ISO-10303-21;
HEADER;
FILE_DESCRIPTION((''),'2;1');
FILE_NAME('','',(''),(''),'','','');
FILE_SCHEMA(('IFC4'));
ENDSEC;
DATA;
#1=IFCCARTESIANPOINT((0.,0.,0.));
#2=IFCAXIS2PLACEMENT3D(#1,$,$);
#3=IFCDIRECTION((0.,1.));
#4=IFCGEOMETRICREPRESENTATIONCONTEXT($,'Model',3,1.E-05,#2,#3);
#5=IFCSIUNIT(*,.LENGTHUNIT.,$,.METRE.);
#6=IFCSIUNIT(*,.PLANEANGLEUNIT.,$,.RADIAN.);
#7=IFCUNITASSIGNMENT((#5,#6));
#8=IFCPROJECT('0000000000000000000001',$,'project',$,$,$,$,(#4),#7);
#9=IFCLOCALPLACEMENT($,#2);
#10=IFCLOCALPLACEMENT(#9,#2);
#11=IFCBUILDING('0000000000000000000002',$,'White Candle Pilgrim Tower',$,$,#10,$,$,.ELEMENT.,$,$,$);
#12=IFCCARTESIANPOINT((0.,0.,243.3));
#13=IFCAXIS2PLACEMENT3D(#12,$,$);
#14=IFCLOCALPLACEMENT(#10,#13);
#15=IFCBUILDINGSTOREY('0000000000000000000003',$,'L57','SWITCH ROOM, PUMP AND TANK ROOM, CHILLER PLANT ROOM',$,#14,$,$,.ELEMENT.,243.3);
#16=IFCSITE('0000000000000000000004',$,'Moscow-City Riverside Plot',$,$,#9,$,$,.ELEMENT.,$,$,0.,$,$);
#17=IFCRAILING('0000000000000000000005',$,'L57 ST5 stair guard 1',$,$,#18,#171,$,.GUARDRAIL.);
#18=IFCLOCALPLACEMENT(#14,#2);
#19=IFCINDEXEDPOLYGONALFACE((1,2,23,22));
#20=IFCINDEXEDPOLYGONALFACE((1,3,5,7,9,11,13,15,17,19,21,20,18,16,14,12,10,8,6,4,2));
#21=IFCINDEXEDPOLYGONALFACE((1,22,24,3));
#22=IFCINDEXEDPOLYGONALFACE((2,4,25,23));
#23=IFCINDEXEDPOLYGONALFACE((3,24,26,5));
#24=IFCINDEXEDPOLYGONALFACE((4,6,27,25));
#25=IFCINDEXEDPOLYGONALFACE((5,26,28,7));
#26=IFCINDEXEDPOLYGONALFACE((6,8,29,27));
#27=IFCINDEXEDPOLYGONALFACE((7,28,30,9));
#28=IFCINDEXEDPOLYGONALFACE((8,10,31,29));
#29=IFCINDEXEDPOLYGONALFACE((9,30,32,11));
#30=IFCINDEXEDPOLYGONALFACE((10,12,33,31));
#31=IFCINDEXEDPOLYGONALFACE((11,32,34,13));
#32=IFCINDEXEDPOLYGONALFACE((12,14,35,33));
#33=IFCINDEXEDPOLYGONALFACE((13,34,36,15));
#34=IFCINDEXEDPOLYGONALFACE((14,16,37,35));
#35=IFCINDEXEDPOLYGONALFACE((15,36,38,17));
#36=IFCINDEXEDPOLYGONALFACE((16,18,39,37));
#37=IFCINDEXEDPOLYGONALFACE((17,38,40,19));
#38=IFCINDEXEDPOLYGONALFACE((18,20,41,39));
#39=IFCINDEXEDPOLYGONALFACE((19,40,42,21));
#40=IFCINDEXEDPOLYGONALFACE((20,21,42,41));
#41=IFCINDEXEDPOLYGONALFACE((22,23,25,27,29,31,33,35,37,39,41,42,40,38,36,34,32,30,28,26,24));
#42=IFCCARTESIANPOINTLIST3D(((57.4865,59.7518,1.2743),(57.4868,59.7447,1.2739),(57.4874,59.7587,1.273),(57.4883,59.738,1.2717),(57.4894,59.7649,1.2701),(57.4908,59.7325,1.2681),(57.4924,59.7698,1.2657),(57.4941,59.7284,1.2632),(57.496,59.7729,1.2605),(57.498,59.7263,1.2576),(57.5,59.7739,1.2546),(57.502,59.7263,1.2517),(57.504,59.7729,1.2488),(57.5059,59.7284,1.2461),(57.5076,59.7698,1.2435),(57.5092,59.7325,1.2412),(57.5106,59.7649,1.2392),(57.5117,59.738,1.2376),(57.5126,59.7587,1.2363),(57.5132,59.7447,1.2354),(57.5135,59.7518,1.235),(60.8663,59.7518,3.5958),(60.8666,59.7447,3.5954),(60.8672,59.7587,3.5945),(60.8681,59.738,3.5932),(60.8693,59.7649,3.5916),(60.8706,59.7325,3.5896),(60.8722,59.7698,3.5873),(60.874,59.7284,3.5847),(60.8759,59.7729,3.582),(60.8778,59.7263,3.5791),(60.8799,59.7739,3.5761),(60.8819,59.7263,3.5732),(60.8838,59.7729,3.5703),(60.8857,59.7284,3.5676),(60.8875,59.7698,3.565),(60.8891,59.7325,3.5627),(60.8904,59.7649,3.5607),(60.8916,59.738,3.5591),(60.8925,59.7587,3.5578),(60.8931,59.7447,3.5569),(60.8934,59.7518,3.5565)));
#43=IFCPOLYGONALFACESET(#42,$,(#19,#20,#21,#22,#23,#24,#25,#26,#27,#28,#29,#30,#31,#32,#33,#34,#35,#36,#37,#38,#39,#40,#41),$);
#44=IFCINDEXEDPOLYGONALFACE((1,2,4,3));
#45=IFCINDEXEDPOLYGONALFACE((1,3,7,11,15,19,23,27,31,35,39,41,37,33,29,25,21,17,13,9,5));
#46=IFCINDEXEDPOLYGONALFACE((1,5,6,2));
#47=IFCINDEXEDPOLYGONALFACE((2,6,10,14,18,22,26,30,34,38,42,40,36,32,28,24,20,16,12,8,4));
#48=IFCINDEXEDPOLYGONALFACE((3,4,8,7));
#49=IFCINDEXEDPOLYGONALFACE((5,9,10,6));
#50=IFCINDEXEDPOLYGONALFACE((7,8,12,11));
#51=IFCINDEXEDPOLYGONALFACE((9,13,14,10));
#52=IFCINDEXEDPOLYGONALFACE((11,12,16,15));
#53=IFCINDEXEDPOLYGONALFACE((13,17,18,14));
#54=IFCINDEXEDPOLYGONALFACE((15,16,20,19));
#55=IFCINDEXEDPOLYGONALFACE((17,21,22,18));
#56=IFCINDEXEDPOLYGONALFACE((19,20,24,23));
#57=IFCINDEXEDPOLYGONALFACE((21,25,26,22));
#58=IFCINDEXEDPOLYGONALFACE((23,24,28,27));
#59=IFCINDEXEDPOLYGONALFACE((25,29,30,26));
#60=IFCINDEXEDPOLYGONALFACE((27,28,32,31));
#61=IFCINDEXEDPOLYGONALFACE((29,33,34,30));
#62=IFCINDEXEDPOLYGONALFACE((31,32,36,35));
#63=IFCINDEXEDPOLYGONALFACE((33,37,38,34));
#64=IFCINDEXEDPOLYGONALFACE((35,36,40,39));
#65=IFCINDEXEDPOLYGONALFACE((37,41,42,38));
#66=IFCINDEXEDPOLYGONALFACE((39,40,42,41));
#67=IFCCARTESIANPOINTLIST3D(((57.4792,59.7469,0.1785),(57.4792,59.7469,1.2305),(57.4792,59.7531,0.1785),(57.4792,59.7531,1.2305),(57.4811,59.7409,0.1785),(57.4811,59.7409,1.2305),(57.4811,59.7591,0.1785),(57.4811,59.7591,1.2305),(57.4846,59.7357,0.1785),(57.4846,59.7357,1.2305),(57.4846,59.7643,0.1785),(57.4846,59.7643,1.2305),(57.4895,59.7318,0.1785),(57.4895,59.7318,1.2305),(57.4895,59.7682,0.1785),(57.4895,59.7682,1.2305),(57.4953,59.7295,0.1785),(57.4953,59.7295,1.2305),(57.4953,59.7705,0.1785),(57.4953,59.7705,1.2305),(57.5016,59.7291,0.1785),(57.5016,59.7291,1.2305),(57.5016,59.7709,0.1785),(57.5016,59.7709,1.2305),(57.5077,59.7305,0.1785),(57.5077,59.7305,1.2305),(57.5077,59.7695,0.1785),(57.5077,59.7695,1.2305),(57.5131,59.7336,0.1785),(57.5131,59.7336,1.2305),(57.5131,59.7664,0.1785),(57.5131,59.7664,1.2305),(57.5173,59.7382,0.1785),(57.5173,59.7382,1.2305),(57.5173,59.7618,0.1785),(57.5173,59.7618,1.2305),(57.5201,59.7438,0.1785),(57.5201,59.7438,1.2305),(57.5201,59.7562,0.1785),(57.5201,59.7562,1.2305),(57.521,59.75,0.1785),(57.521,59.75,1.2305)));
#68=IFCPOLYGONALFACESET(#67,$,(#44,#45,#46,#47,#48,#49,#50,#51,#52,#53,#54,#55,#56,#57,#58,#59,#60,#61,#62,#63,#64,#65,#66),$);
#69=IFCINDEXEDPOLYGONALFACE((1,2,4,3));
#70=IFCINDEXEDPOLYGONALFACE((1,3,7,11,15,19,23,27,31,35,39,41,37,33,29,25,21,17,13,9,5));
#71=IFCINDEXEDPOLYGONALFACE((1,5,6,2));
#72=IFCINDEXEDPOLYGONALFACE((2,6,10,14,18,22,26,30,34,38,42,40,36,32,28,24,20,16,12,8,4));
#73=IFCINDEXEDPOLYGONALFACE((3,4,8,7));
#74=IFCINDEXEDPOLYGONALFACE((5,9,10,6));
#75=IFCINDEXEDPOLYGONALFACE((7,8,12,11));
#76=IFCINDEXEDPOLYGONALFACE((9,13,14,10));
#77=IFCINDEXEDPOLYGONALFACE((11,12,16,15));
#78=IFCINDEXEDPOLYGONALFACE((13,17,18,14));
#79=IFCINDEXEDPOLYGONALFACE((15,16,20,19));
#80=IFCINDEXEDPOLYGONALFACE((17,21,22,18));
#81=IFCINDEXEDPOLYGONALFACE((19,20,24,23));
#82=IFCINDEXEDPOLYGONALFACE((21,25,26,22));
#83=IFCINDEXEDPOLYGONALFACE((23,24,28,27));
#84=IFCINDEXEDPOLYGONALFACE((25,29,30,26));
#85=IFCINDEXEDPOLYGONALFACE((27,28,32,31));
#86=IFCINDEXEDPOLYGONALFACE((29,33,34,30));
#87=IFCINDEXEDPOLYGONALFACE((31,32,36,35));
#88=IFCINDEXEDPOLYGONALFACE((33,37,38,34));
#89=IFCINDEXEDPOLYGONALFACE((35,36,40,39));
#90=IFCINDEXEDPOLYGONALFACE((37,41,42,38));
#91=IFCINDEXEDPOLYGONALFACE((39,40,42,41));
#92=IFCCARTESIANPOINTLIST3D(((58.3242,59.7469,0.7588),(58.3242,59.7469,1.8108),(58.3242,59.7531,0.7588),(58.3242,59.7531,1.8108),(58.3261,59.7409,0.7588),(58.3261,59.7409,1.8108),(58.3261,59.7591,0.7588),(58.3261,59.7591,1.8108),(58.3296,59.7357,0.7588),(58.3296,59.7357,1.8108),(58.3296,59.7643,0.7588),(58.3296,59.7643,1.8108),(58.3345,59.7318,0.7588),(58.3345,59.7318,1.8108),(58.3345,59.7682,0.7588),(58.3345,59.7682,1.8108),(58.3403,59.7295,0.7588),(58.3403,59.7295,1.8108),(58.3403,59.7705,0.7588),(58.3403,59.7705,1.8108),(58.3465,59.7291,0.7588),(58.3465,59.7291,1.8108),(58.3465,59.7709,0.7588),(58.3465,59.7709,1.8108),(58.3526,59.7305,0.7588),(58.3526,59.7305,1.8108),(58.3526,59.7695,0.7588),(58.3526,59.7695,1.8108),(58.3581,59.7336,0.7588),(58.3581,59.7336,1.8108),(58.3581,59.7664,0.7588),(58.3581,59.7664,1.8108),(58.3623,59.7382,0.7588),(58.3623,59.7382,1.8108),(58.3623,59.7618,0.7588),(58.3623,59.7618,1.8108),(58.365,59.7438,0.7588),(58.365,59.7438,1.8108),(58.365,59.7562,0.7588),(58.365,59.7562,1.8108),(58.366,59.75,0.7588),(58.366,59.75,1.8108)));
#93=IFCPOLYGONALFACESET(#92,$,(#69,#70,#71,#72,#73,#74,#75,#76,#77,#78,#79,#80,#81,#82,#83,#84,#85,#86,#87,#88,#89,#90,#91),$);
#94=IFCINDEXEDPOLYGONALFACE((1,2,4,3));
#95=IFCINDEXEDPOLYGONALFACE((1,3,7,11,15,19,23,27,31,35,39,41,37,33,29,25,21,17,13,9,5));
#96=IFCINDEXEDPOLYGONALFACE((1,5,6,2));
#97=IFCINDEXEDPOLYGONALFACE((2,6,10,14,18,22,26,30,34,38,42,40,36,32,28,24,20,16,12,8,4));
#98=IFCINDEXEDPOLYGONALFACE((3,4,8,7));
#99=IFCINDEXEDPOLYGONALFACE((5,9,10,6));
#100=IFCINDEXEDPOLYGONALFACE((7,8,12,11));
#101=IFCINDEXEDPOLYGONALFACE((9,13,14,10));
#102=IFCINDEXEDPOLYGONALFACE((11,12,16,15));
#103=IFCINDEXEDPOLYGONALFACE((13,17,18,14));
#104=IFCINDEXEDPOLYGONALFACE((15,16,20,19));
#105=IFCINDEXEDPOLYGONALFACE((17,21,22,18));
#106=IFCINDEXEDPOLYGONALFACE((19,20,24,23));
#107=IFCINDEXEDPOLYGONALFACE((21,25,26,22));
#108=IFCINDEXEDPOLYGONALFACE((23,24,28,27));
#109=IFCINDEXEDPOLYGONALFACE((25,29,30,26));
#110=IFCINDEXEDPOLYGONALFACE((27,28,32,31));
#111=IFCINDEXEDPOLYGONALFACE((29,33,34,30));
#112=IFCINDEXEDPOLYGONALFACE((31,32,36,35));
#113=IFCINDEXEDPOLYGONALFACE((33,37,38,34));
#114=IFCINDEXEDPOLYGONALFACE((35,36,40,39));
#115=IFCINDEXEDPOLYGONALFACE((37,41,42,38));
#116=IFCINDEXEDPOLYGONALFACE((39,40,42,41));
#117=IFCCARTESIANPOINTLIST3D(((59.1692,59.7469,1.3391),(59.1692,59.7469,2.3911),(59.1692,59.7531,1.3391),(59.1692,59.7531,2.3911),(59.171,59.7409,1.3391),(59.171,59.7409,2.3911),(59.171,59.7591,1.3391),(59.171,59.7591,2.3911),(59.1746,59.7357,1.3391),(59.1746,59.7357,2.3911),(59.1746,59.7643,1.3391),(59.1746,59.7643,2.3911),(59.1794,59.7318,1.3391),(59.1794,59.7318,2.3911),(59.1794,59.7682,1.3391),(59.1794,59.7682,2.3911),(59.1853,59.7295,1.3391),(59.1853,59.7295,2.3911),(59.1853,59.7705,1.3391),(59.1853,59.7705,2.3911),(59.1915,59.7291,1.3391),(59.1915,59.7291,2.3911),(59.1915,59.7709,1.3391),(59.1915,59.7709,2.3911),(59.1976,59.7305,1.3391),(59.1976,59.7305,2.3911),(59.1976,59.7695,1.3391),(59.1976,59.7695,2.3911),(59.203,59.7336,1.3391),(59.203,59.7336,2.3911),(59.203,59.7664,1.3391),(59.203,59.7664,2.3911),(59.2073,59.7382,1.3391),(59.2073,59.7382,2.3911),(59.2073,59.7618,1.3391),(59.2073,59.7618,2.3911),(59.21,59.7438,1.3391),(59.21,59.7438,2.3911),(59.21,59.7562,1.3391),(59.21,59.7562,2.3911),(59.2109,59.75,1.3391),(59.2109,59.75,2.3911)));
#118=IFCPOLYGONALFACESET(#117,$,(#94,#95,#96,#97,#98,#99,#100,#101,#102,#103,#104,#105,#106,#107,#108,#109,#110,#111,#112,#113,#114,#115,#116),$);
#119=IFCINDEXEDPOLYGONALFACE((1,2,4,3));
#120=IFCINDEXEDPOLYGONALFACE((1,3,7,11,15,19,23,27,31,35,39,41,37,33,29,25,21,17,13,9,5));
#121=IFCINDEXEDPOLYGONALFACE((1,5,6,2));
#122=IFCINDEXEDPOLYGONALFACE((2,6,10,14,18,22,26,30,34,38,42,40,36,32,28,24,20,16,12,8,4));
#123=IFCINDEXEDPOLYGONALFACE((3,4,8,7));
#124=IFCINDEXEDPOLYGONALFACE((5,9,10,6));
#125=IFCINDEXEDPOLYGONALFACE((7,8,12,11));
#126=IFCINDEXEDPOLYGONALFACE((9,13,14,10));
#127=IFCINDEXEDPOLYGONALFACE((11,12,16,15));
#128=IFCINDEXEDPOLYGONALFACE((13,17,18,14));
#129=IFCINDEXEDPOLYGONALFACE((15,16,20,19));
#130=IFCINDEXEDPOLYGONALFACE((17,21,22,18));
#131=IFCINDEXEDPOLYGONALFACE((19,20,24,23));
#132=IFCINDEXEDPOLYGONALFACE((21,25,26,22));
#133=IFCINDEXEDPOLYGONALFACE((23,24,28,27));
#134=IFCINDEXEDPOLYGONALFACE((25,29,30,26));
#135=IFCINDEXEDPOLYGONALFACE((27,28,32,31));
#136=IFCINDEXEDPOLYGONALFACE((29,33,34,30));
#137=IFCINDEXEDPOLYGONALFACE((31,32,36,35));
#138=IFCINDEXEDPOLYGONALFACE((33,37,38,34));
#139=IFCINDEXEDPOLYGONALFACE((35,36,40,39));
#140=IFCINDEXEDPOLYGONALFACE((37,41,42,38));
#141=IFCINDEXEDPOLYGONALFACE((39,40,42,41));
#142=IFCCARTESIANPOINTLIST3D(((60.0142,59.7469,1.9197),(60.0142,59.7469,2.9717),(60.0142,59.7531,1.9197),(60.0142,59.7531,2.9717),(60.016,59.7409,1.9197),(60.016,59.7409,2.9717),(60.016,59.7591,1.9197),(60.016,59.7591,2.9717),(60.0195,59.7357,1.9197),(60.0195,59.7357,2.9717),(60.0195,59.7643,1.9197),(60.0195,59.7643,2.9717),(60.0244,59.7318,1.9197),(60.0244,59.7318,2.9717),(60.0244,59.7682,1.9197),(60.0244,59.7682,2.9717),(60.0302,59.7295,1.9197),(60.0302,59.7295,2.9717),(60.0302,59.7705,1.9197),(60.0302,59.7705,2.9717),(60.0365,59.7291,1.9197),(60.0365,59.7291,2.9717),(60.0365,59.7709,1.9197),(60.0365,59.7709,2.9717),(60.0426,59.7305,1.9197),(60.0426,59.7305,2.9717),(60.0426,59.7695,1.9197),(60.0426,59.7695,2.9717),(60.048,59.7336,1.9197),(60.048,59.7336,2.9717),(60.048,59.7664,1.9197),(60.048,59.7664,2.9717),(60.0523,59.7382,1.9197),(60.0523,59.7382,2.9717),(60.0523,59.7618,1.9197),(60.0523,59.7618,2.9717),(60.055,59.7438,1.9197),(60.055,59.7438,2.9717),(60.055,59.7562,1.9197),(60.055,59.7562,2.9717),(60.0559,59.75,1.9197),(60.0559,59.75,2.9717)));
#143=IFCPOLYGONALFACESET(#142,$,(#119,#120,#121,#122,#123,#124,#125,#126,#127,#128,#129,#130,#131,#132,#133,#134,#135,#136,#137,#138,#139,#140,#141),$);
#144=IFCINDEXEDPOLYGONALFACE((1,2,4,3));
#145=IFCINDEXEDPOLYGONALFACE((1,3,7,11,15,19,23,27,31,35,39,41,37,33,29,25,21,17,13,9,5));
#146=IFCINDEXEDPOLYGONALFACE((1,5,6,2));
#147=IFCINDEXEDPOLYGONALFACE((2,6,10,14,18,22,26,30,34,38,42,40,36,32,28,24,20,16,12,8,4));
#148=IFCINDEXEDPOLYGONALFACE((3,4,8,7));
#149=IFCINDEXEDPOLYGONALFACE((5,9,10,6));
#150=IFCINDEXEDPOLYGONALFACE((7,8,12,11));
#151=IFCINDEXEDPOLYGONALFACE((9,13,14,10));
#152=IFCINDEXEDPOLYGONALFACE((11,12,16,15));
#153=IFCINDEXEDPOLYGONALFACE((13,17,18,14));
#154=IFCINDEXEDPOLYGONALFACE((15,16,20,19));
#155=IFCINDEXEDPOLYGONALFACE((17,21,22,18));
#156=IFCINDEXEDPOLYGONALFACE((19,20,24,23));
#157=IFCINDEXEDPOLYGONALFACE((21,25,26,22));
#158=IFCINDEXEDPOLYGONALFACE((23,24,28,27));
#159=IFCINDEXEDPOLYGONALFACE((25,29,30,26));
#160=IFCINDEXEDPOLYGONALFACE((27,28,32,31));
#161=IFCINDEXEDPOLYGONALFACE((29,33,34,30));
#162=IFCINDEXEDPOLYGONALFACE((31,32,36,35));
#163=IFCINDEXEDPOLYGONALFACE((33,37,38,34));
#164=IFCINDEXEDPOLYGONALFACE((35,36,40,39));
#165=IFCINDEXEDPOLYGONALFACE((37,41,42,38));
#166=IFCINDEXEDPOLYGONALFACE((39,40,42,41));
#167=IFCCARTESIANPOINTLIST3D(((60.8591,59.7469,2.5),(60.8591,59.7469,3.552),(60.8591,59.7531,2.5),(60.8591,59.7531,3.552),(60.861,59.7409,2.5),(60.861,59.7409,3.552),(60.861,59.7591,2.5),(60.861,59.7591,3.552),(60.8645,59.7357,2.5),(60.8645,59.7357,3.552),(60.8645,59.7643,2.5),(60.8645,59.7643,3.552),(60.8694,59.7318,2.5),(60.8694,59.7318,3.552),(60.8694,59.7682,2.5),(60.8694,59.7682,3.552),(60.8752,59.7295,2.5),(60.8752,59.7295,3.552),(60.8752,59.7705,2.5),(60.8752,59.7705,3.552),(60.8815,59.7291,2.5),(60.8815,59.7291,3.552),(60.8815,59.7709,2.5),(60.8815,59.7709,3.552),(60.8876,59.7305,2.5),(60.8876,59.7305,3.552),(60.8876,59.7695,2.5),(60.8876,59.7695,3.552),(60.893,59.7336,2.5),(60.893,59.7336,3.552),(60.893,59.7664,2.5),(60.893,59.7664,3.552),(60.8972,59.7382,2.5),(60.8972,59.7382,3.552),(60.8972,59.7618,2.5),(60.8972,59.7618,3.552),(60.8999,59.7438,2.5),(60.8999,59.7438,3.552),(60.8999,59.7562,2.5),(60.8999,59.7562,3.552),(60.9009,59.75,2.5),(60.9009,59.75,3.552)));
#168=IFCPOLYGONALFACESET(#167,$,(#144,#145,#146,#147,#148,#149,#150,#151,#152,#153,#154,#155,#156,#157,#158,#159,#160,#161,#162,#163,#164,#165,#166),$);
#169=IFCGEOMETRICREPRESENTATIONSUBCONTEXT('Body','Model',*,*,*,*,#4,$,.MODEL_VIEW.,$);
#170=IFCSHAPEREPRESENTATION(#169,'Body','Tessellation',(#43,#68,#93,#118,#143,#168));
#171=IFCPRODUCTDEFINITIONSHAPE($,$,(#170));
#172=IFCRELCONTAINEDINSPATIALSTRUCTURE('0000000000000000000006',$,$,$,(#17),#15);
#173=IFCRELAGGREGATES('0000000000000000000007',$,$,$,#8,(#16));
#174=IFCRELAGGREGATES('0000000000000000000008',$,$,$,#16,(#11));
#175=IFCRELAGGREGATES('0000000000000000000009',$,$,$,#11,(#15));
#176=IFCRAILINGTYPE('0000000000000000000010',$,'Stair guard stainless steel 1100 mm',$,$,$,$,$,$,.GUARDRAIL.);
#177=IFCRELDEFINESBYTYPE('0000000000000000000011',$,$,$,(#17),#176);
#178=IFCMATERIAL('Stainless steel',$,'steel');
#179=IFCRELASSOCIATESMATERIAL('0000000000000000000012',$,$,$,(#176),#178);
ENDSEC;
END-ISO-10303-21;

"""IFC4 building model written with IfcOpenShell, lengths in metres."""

from ifc_helpers import new_model, si_unit, direction, frame, origin, origin_2d, place, context, subcontext, project, spatial, circle, extrude, material, type_object, element, save


model = new_model("IFC4")

# Units and contexts
model_context = context("Model", 3, precision=1e-05, world=origin(), true_north=direction((0.0, 1.0)))
body_context = subcontext(model_context, "Body", "Model", "MODEL_VIEW")
ifc_project = project(units=[si_unit("LENGTHUNIT", "METRE"), si_unit("PLANEANGLEUNIT", "RADIAN")], contexts=[model_context])

# Site, building, storey
site_placement = place(None, origin())
site = spatial("IfcSite", under=ifc_project, at=site_placement, Name="Moscow-City Riverside Plot", CompositionType="ELEMENT", RefElevation=0.0)
building_placement = place(site_placement, origin())
building = spatial("IfcBuilding", under=site, at=building_placement, Name="White Candle Pilgrim Tower", CompositionType="ELEMENT")
storey_placement = place(building_placement, frame((0.0, 0.0, 243.3)))
storey = spatial("IfcBuildingStorey", under=building, at=storey_placement, Name="L57", Description="SWITCH ROOM, PUMP AND TANK ROOM, CHILLER PLANT ROOM", CompositionType="ELEMENT", Elevation=243.3)

# Railing
ifc_material_1 = material(Name="Stainless steel", Category="steel")
railing_type_1 = type_object("IfcRailingType", Name="Stair guard stainless steel 1100 mm", PredefinedType="GUARDRAIL", material=ifc_material_1)
railing_1_placement = place(storey_placement, frame((57.5, 59.75, 0.1785)))
element("IfcRailing", 1, at=railing_1_placement, inside=storey, type_object=railing_type_1, Name="L57 ST5 stair guard 1", PredefinedType="GUARDRAIL", context=body_context, shape_type="SweptSolid", body=[
    extrude(circle(Radius=0.0239, at=origin_2d()), frame((0.0, 0.0, 1.0762), z_axis=(0.824285, 0.0, 0.566175), x_axis=(0.0, 1.0, 0.0)), (0.0, 0.0, 1.0), 4.1003),
    extrude(circle(Radius=0.021, at=origin_2d()), origin(), (0.0, 0.0, 1.0), 1.052),
    extrude(circle(Radius=0.021, at=origin_2d()), frame((0.845, 0.0, 0.5803)), (0.0, 0.0, 1.0), 1.052),
    extrude(circle(Radius=0.021, at=origin_2d()), frame((1.6899, 0.0, 1.1606)), (0.0, 0.0, 1.0), 1.052),
    extrude(circle(Radius=0.021, at=origin_2d()), frame((2.5349, 0.0, 1.7412)), (0.0, 0.0, 1.0), 1.052),
    extrude(circle(Radius=0.021, at=origin_2d()), frame((3.3799, 0.0, 2.3215)), (0.0, 0.0, 1.0), 1.052),
])

save(model, "model.ifc")
